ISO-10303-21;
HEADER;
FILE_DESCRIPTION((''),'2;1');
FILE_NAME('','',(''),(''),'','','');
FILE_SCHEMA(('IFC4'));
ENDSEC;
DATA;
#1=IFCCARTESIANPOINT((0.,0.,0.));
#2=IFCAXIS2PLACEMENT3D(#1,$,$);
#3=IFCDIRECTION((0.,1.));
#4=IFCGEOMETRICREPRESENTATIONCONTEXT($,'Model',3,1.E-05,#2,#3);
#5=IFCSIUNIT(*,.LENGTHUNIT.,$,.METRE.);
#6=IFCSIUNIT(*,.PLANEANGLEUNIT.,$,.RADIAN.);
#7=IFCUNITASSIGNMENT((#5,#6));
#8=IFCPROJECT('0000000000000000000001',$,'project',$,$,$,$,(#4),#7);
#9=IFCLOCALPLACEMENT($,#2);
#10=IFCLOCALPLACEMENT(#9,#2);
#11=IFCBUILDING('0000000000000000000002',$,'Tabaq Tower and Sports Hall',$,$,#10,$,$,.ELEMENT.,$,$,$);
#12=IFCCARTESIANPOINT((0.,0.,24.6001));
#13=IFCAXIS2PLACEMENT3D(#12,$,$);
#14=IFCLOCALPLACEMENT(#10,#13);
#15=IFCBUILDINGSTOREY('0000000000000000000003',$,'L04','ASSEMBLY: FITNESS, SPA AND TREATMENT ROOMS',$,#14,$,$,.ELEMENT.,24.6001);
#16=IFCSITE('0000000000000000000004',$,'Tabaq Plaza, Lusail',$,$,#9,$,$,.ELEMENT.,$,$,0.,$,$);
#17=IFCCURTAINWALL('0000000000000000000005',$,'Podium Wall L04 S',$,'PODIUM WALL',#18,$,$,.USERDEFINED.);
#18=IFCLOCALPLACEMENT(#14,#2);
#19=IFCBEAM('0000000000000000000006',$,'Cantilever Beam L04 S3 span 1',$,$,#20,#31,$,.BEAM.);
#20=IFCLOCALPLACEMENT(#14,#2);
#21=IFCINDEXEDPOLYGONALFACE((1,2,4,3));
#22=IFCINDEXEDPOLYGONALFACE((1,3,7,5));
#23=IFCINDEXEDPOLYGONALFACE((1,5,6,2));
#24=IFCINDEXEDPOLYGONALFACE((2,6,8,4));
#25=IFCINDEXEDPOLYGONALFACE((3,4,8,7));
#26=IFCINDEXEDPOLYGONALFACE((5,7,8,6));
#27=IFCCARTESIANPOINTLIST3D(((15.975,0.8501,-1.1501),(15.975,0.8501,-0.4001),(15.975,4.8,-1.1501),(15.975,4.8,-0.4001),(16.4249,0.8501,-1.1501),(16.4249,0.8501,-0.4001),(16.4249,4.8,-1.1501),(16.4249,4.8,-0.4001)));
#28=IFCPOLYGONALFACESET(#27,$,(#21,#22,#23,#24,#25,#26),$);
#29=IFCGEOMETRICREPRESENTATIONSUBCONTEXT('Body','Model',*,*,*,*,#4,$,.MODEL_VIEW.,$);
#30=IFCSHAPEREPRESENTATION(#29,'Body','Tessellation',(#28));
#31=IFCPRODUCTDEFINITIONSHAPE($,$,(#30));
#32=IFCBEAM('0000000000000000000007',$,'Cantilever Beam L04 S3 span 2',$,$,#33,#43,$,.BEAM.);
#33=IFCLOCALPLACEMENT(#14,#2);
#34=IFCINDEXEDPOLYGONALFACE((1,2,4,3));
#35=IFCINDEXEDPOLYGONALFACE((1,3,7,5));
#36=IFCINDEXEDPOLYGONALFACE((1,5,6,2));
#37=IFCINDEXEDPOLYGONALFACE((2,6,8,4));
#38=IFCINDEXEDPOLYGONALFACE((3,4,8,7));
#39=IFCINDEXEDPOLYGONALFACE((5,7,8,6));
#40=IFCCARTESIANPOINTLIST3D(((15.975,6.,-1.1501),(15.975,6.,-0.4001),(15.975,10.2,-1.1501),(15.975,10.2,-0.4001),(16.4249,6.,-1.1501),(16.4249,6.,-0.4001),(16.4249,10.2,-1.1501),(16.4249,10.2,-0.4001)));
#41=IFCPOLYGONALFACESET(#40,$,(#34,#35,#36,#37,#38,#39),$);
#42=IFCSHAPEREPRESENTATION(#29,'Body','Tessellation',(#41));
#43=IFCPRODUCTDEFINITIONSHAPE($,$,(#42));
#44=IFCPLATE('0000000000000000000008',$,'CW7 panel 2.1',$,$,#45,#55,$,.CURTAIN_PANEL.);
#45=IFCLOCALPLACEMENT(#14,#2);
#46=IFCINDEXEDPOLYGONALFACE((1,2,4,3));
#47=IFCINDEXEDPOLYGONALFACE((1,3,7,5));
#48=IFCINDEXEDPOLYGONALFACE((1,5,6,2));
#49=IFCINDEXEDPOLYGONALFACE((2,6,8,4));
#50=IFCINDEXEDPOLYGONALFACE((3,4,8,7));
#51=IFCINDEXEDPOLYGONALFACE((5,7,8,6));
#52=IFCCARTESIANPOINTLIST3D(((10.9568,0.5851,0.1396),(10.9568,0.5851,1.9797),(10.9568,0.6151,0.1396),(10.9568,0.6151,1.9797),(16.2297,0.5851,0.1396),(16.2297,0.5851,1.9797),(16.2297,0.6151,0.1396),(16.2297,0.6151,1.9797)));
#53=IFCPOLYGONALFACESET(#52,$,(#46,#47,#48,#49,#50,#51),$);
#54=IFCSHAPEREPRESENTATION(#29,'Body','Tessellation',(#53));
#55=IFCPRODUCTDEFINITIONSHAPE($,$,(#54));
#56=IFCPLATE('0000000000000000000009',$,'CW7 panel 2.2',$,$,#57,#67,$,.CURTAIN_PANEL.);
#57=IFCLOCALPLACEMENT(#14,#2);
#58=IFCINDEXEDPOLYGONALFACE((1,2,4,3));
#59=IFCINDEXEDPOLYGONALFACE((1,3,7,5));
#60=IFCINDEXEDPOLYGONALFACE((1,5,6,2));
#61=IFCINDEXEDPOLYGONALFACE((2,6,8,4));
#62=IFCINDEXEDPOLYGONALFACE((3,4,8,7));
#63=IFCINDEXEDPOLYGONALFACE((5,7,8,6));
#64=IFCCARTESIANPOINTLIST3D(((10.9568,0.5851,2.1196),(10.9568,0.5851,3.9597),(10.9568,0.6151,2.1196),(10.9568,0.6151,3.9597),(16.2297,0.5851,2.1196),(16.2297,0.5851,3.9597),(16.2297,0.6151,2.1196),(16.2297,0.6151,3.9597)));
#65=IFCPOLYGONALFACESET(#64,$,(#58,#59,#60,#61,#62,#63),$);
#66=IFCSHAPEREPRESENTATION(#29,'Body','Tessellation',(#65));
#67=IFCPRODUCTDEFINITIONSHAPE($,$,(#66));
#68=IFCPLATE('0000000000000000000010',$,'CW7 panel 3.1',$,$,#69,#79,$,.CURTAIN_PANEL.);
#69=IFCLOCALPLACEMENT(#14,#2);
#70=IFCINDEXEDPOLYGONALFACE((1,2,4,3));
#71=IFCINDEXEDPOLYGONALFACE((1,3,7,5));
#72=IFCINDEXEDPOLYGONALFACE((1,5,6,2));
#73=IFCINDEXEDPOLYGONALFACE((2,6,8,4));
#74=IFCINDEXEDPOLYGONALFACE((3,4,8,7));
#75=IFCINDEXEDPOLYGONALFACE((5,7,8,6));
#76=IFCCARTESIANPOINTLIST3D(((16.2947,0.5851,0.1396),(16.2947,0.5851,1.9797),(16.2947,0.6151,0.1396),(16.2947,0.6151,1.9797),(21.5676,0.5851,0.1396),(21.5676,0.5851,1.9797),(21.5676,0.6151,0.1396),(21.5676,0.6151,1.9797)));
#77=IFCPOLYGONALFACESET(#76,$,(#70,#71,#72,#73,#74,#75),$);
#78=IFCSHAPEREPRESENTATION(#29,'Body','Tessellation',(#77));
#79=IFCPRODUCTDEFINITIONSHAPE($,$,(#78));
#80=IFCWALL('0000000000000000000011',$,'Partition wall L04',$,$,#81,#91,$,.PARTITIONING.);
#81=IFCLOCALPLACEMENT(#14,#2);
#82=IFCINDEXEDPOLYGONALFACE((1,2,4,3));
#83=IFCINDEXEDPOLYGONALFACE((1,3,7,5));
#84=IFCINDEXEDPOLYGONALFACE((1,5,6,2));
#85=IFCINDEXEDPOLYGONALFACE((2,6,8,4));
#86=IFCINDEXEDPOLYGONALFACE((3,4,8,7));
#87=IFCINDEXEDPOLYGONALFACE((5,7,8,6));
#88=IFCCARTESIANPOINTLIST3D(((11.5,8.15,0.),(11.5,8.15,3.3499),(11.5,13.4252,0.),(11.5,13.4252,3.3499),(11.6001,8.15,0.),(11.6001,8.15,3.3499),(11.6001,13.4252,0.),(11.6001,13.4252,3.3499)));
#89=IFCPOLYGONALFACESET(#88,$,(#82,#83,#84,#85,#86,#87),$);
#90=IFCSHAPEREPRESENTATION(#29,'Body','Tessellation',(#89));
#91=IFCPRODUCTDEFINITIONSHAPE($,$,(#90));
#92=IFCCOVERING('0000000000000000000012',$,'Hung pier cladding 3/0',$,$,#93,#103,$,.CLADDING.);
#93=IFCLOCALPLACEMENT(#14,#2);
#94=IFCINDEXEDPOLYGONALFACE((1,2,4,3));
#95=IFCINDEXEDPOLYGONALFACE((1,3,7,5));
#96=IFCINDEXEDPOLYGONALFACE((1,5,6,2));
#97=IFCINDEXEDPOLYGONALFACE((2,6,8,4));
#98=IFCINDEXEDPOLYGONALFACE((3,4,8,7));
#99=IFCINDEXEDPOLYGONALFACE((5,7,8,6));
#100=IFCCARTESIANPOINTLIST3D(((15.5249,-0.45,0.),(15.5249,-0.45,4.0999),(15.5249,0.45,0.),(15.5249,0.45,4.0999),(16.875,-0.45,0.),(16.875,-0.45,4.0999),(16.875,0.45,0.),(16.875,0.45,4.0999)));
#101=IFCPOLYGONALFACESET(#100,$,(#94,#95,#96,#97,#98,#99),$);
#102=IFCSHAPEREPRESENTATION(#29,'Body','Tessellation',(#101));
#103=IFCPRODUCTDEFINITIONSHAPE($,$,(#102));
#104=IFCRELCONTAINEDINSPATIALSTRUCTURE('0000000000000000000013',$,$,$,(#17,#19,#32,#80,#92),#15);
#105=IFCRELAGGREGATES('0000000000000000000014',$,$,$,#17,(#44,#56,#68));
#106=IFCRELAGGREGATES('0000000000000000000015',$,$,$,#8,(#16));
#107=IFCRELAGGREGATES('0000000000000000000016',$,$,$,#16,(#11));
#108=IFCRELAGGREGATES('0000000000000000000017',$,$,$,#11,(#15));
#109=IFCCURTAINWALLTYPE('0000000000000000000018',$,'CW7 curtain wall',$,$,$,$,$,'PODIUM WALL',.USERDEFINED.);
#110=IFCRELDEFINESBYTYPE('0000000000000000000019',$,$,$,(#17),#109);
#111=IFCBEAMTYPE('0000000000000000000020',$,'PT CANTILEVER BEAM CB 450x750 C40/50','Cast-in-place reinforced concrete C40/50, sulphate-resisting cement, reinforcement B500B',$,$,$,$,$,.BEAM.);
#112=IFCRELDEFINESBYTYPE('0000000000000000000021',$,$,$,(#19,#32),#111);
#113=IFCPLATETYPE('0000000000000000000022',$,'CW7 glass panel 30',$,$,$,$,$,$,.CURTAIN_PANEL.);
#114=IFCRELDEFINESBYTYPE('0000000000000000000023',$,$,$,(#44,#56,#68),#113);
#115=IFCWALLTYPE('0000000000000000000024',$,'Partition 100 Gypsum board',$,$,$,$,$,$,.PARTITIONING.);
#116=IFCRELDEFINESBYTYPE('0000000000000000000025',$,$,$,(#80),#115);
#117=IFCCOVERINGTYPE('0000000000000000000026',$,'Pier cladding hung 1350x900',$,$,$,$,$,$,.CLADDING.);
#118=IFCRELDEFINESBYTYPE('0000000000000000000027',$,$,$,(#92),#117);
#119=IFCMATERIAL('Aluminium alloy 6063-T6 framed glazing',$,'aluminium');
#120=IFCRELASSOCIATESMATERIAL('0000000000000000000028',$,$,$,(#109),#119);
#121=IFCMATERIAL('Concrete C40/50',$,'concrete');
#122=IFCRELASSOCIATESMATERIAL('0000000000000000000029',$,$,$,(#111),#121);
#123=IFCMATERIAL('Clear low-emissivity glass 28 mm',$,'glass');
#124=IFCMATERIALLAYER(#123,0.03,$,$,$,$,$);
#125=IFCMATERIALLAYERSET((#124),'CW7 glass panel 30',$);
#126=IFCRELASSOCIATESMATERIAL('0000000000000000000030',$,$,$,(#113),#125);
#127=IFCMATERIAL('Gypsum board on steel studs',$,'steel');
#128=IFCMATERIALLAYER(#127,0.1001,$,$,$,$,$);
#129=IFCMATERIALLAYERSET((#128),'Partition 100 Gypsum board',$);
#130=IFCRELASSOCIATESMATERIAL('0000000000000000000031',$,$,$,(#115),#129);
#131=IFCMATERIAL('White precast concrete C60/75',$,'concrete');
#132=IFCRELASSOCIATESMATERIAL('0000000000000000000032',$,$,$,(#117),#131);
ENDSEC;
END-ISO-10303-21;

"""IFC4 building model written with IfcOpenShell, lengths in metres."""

from ifc_helpers import new_model, si_unit, direction, frame, frame_2d, origin, origin_2d, place, context, subcontext, project, spatial, rectangle, extrude, material, layer, layer_set, material_profile, profile_set, type_object, element, aggregate, save


model = new_model("IFC4")

# Units and contexts
model_context = context("Model", 3, precision=1e-05, world=origin(), true_north=direction((0.0, 1.0)))
body_context = subcontext(model_context, "Body", "Model", "MODEL_VIEW")
ifc_project = project(units=[si_unit("LENGTHUNIT", "METRE"), si_unit("PLANEANGLEUNIT", "RADIAN")], contexts=[model_context])

# Site, building, storey
site_placement = place(None, origin())
site = spatial("IfcSite", under=ifc_project, at=site_placement, Name="Tabaq Plaza, Lusail", CompositionType="ELEMENT", RefElevation=0.0)
building_placement = place(site_placement, origin())
building = spatial("IfcBuilding", under=site, at=building_placement, Name="Tabaq Tower and Sports Hall", CompositionType="ELEMENT")
storey_placement = place(building_placement, frame((0.0, 0.0, 24.6001)))
storey = spatial("IfcBuildingStorey", under=building, at=storey_placement, Name="L04", Description="ASSEMBLY: FITNESS, SPA AND TREATMENT ROOMS", CompositionType="ELEMENT", Elevation=24.6001)

# Curtain wall
ifc_material_1 = material(Name="Aluminium alloy 6063-T6 framed glazing", Category="aluminium")
curtain_wall_type = type_object("IfcCurtainWallType", Name="CW7 curtain wall", ElementType="PODIUM WALL", PredefinedType="USERDEFINED", material=ifc_material_1)
curtain_wall_placement = place(storey_placement, origin())
curtain_wall = element("IfcCurtainWall", 1, at=curtain_wall_placement, inside=storey, type_object=curtain_wall_type, Name="Podium Wall L04 S", ObjectType="PODIUM WALL", PredefinedType="USERDEFINED")

# Beams
ifc_material_2 = material(Name="Concrete C40/50", Category="concrete")
ifc_material_profile_1 = material_profile(ifc_material_2, rectangle(XDim=0.45, YDim=0.75, at=origin_2d()), Name="CB 450x750")
ifc_profile_set_1 = profile_set([ifc_material_profile_1], Name="Concrete C40/50")
beam_type = type_object("IfcBeamType", Name="PT CANTILEVER BEAM CB 450x750 C40/50", Description="Cast-in-place reinforced concrete C40/50, sulphate-resisting cement, reinforcement B500B", PredefinedType="BEAM", material=ifc_profile_set_1)
beam_1_placement = place(storey_placement, frame((16.2, 0.8501, -0.7751), z_axis=(0.0, 1.0, 0.0), x_axis=(-1.0, 0.0, 0.0)))
element("IfcBeam", 2, at=beam_1_placement, inside=storey, type_object=beam_type, Name="Cantilever Beam L04 S3 span 1", PredefinedType="BEAM", context=body_context, shape_type="SweptSolid", body=[
    extrude(rectangle(XDim=0.45, YDim=0.75, at=origin_2d()), origin(), (0.0, 0.0, 1.0), 3.95),
])
beam_2_placement = place(storey_placement, frame((16.2, 6.0, -0.7751), z_axis=(0.0, 1.0, 0.0), x_axis=(-1.0, 0.0, 0.0)))
element("IfcBeam", 3, at=beam_2_placement, inside=storey, type_object=beam_type, Name="Cantilever Beam L04 S3 span 2", PredefinedType="BEAM", context=body_context, shape_type="SweptSolid", body=[
    extrude(rectangle(XDim=0.45, YDim=0.75, at=origin_2d()), origin(), (0.0, 0.0, 1.0), 4.2),
])

# Plates
ifc_material_3 = material(Name="Clear low-emissivity glass 28 mm", Category="glass")
ifc_layer_1 = layer(ifc_material_3, 0.03)
ifc_layer_set_1 = layer_set([ifc_layer_1], Name="CW7 glass panel 30")
plate_type = type_object("IfcPlateType", Name="CW7 glass panel 30", PredefinedType="CURTAIN_PANEL", material=ifc_layer_set_1)
plate_1_placement = place(storey_placement, frame((13.5933, 0.6001, 0.1396), z_axis=(0.0, 0.0, 1.0), x_axis=(1.0, 0.0, 0.0)))
plate_1 = element("IfcPlate", 4, at=plate_1_placement, type_object=plate_type, Name="CW7 panel 2.1", PredefinedType="CURTAIN_PANEL", context=body_context, shape_type="SweptSolid", body=[
    extrude(rectangle(XDim=5.2729, YDim=0.03, at=origin_2d()), origin(), (0.0, 0.0, 1.0), 1.8401),
])
plate_2_placement = place(storey_placement, frame((13.5933, 0.6001, 2.1196), z_axis=(0.0, 0.0, 1.0), x_axis=(1.0, 0.0, 0.0)))
plate_2 = element("IfcPlate", 5, at=plate_2_placement, type_object=plate_type, Name="CW7 panel 2.2", PredefinedType="CURTAIN_PANEL", context=body_context, shape_type="SweptSolid", body=[
    extrude(rectangle(XDim=5.2729, YDim=0.03, at=origin_2d()), origin(), (0.0, 0.0, 1.0), 1.8401),
])
plate_3_placement = place(storey_placement, frame((18.9312, 0.6001, 0.1396), z_axis=(0.0, 0.0, 1.0), x_axis=(1.0, 0.0, 0.0)))
plate_3 = element("IfcPlate", 6, at=plate_3_placement, type_object=plate_type, Name="CW7 panel 3.1", PredefinedType="CURTAIN_PANEL", context=body_context, shape_type="SweptSolid", body=[
    extrude(rectangle(XDim=5.2729, YDim=0.03, at=origin_2d()), origin(), (0.0, 0.0, 1.0), 1.8401),
])
aggregate(curtain_wall, [plate_1, plate_2, plate_3])

# Wall
ifc_material_4 = material(Name="Gypsum board on steel studs", Category="steel")
ifc_layer_2 = layer(ifc_material_4, 0.1001)
ifc_layer_set_2 = layer_set([ifc_layer_2], Name="Partition 100 Gypsum board")
wall_type = type_object("IfcWallType", Name="Partition 100 Gypsum board", PredefinedType="PARTITIONING", material=ifc_layer_set_2)
wall_placement = place(storey_placement, frame((11.55, 8.1499, 0.0), z_axis=(0.0, 0.0, 1.0), x_axis=(0.0, 1.0, 0.0)))
element("IfcWall", 7, at=wall_placement, inside=storey, type_object=wall_type, Name="Partition wall L04", PredefinedType="PARTITIONING", context=body_context, shape_type="SweptSolid", body=[
    extrude(rectangle(XDim=5.2751, YDim=0.1001, at=frame_2d((2.6377, 0.0))), origin(), (0.0, 0.0, 1.0), 3.3499),
])

# Covering
ifc_material_5 = material(Name="White precast concrete C60/75", Category="concrete")
covering_type = type_object("IfcCoveringType", Name="Pier cladding hung 1350x900", PredefinedType="CLADDING", material=ifc_material_5)
covering_placement = place(storey_placement, frame((15.5249, 0.0, 0.0), z_axis=(0.0, 0.0, 1.0), x_axis=(1.0, 0.0, 0.0)))
element("IfcCovering", 8, at=covering_placement, inside=storey, type_object=covering_type, Name="Hung pier cladding 3/0", PredefinedType="CLADDING", context=body_context, shape_type="SweptSolid", body=[
    extrude(rectangle(XDim=1.3501, YDim=0.8999, at=frame_2d((0.675, 0.0))), origin(), (0.0, 0.0, 1.0), 4.0999),
])

save(model, "model.ifc")
